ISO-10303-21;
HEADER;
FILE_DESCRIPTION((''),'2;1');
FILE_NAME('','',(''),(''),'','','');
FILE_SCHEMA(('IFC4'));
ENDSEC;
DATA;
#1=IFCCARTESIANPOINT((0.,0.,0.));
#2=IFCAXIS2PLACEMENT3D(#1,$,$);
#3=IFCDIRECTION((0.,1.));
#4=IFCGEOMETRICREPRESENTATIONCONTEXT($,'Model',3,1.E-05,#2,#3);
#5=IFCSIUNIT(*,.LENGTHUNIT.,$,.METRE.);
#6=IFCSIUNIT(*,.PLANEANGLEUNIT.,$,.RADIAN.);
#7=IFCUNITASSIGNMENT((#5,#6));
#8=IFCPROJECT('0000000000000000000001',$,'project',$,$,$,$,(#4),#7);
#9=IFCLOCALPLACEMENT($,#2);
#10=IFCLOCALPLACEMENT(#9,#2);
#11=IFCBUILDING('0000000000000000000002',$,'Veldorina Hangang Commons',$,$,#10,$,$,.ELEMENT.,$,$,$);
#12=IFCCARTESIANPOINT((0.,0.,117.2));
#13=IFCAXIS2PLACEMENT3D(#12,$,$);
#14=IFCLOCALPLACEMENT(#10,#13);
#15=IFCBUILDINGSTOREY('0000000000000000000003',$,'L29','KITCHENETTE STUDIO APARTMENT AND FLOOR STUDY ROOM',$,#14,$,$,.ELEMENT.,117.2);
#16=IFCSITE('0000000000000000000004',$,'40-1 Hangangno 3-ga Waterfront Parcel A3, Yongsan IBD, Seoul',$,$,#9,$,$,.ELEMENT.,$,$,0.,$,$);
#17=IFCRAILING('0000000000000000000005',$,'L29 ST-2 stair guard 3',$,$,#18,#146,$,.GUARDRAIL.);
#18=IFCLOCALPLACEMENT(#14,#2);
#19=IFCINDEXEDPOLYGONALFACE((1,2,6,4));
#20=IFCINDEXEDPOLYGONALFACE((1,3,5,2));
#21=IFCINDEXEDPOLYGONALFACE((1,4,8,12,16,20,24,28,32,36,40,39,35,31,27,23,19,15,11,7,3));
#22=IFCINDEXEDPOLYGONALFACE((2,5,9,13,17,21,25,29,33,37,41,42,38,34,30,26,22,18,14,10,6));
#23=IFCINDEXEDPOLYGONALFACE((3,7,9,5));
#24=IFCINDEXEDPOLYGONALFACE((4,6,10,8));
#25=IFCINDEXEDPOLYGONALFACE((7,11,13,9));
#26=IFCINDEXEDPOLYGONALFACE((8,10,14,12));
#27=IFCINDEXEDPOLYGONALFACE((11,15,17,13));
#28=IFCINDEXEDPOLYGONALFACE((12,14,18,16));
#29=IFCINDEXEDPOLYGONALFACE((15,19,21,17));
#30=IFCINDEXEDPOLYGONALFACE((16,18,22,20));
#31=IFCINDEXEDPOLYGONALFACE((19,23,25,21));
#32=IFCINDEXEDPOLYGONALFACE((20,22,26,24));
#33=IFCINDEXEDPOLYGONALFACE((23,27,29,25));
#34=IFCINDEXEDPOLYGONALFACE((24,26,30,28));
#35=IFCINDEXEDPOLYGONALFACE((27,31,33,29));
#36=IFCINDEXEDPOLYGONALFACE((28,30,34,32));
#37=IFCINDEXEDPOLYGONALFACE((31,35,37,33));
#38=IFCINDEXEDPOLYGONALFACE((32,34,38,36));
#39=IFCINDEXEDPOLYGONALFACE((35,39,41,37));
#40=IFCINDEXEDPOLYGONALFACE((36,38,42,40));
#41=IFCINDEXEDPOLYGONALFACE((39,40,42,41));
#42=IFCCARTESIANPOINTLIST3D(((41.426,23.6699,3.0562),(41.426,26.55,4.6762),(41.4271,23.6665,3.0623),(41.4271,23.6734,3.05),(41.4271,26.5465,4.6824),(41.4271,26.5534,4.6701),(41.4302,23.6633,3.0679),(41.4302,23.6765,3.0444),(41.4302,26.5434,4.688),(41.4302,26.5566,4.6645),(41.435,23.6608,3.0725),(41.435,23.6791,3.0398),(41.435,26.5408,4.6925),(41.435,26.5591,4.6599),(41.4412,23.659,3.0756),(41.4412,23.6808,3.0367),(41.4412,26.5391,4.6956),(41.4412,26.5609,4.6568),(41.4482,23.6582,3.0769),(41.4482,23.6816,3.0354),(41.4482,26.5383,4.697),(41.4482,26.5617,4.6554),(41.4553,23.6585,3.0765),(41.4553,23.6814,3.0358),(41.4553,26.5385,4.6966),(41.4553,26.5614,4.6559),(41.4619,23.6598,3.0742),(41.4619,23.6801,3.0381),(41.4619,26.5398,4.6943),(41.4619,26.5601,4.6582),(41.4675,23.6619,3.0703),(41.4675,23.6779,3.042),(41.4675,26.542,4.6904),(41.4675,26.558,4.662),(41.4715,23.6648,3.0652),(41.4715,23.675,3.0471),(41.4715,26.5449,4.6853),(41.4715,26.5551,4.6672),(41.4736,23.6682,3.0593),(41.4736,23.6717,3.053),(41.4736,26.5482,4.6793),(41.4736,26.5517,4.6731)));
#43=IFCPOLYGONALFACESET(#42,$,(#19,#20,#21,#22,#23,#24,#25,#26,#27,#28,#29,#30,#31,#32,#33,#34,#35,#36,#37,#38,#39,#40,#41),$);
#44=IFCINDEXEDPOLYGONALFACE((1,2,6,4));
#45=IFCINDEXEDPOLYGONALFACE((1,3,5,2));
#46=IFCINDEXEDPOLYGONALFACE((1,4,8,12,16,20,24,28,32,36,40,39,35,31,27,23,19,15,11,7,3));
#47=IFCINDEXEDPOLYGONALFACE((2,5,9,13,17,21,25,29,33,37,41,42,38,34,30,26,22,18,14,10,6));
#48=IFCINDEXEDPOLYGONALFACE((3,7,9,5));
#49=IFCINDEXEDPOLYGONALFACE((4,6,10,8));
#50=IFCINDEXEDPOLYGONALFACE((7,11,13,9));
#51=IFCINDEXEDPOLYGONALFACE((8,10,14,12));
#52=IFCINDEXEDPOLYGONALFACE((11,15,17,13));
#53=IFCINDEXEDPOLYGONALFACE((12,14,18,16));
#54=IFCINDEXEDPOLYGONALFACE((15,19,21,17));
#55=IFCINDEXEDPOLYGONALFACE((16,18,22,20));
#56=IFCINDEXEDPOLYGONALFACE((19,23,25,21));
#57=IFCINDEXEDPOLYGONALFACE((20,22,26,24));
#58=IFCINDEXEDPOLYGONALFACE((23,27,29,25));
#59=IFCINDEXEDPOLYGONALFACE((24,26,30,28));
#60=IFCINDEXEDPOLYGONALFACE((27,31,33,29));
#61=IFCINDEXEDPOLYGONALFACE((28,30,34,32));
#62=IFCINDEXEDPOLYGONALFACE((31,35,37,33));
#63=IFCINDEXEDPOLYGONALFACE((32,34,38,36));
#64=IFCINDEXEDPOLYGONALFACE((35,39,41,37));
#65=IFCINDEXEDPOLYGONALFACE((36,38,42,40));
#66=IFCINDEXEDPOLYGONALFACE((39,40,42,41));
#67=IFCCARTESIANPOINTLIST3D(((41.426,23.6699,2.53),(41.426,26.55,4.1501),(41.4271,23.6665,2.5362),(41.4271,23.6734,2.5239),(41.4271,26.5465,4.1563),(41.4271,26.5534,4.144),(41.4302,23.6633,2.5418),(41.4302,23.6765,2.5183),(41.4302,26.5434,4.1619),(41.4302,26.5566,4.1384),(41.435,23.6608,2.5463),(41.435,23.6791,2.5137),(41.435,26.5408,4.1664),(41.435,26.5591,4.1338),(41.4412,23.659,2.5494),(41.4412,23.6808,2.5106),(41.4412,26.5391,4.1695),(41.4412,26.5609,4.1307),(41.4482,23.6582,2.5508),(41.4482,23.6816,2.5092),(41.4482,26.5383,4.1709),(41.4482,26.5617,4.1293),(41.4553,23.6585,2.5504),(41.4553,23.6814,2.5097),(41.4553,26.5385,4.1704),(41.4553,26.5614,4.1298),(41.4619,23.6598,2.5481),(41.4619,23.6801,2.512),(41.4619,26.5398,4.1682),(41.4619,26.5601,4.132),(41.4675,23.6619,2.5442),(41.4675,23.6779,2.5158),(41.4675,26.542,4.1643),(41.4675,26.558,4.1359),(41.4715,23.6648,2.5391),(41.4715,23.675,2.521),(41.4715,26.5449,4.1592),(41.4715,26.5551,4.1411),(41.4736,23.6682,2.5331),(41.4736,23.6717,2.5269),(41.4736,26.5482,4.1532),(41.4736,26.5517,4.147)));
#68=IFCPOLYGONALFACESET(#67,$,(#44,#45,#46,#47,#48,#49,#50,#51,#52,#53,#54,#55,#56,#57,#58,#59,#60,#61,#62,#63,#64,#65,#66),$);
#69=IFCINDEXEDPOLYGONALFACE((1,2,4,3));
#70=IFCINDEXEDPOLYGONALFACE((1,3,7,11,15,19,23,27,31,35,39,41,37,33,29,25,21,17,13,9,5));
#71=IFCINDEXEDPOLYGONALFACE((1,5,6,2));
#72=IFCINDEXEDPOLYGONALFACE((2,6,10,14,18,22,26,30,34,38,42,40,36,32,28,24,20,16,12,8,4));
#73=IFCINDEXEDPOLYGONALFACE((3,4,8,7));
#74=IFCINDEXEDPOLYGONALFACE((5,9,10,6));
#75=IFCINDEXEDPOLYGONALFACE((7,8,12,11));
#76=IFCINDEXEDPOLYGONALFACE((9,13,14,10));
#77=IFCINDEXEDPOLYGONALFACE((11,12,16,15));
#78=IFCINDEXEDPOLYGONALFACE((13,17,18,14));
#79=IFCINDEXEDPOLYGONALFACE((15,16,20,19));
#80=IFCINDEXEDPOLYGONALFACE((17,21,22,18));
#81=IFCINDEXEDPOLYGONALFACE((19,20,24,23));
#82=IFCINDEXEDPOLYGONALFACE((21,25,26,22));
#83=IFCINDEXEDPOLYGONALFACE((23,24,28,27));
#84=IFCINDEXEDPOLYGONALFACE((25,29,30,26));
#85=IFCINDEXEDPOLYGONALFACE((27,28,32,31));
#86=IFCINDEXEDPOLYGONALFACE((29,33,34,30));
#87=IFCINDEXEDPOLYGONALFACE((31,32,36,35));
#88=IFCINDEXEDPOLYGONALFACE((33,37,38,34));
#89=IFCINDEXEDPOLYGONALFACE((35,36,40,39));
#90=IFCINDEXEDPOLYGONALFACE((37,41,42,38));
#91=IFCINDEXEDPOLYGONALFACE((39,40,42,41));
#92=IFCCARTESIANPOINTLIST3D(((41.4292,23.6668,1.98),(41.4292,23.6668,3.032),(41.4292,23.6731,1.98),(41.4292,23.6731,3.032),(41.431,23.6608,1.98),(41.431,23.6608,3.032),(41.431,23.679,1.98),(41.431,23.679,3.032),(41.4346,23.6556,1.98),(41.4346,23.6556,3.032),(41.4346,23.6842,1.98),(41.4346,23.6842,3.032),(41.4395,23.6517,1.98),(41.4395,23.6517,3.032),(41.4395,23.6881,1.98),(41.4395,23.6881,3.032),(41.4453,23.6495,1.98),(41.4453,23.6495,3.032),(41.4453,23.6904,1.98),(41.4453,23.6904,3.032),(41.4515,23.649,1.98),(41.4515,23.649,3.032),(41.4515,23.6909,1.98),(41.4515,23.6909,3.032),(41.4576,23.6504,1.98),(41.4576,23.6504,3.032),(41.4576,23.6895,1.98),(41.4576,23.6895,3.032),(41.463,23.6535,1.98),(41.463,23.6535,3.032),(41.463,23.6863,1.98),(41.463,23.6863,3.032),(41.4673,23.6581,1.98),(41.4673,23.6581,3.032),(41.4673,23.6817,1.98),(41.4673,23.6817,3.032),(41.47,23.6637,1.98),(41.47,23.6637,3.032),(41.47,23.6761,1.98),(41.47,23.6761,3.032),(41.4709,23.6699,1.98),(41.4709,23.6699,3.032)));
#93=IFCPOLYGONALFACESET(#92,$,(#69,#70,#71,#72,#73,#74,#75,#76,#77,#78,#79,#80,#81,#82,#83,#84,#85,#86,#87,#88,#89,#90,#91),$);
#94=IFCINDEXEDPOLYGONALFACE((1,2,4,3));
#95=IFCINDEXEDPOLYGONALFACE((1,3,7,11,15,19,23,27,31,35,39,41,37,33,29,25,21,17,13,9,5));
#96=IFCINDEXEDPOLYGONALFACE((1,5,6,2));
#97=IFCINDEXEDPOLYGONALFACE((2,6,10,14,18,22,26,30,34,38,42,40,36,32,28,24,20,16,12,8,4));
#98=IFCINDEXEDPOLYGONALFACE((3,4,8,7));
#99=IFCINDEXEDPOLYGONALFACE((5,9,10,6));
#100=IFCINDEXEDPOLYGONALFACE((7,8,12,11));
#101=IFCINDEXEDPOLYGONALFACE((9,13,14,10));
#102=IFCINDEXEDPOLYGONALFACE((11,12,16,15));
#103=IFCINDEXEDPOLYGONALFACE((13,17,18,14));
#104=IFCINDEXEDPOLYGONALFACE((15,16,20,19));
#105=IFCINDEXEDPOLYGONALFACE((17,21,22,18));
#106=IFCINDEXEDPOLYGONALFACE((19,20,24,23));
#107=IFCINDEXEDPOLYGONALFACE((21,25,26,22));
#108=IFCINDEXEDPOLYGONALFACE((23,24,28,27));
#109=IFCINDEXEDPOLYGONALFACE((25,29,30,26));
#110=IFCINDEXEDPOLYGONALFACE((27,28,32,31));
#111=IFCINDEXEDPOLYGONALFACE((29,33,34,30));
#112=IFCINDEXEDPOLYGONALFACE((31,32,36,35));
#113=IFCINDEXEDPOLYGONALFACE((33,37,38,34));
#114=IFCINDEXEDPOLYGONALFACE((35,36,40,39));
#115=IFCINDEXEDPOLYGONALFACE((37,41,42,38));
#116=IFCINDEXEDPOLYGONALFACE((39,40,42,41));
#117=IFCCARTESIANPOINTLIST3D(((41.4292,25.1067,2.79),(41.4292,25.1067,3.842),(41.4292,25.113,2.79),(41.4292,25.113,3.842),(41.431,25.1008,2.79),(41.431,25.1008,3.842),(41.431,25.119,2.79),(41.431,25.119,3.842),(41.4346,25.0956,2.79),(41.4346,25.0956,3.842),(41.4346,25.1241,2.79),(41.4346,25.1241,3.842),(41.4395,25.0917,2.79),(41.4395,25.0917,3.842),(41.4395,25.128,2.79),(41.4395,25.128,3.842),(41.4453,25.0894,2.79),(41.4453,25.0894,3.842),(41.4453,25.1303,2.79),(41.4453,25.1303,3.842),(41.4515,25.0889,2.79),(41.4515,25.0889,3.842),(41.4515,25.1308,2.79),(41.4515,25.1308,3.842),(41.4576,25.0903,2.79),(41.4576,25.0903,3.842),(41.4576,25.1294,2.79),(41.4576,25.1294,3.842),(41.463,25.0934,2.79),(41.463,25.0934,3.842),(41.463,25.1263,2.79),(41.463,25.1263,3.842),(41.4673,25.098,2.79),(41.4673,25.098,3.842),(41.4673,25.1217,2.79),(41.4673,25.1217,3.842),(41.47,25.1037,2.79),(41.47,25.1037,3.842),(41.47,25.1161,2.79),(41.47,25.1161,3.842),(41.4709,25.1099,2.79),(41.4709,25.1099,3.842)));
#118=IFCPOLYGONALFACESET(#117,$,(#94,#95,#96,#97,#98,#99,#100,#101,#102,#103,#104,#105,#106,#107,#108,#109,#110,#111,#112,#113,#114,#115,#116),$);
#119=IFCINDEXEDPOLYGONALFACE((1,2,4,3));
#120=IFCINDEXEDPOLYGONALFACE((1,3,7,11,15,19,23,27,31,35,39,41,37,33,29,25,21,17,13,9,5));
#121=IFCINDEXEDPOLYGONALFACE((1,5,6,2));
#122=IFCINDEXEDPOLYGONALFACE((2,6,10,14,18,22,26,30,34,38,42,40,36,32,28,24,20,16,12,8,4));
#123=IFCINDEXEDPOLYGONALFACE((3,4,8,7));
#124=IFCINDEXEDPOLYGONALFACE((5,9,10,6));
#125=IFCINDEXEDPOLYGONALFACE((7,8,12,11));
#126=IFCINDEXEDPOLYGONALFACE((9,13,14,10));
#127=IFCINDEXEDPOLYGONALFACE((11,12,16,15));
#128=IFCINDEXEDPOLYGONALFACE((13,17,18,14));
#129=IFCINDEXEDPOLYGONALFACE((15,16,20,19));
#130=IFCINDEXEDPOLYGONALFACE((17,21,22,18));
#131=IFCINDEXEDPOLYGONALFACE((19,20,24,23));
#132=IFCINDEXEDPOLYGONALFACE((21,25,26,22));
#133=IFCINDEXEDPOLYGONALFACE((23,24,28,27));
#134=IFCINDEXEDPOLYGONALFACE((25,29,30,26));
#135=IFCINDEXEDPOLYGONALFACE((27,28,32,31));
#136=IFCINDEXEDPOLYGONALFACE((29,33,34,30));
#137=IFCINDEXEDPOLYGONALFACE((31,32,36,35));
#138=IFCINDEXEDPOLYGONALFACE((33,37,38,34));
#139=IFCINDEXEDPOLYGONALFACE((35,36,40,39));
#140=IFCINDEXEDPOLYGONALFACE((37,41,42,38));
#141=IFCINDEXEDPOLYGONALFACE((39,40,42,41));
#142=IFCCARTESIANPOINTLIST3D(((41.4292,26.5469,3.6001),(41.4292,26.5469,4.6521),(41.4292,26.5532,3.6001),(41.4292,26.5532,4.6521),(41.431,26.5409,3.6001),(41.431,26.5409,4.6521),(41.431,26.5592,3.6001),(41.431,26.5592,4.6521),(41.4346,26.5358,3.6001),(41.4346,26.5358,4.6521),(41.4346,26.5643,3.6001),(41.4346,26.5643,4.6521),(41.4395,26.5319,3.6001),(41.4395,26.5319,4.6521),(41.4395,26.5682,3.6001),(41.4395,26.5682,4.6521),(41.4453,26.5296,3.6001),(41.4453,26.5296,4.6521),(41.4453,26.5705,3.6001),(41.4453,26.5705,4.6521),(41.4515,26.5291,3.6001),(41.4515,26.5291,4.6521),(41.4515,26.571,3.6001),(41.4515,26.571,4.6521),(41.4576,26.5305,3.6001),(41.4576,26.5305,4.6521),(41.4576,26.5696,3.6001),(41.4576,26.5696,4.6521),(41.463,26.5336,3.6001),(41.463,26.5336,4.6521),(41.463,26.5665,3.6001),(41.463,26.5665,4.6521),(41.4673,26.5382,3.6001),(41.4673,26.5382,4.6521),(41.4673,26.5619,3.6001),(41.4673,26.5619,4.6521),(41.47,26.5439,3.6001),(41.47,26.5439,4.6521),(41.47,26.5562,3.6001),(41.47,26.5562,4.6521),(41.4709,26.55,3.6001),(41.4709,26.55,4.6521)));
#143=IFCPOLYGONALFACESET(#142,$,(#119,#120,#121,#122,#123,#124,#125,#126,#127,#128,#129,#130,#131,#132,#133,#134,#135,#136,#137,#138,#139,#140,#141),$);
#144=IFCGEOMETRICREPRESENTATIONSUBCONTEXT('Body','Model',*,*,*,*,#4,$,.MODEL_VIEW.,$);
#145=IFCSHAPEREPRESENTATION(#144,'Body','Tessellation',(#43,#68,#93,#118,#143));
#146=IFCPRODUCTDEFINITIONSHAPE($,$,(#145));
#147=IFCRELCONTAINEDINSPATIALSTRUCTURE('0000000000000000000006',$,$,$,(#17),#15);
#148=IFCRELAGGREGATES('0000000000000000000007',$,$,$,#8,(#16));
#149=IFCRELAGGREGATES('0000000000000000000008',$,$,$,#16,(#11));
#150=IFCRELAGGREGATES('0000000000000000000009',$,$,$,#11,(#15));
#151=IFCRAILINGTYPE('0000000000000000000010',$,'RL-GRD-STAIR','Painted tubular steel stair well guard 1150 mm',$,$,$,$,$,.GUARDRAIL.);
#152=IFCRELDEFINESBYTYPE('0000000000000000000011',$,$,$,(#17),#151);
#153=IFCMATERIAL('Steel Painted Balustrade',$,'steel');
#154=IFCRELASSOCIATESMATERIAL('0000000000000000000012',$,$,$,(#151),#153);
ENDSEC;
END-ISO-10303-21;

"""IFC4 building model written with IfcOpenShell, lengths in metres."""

from ifc_helpers import new_model, si_unit, direction, frame, origin, origin_2d, place, context, subcontext, project, spatial, circle, extrude, material, type_object, element, save


model = new_model("IFC4")

# Units and contexts
model_context = context("Model", 3, precision=1e-05, world=origin(), true_north=direction((0.0, 1.0)))
body_context = subcontext(model_context, "Body", "Model", "MODEL_VIEW")
ifc_project = project(units=[si_unit("LENGTHUNIT", "METRE"), si_unit("PLANEANGLEUNIT", "RADIAN")], contexts=[model_context])

# Site, building, storey
site_placement = place(None, origin())
site = spatial("IfcSite", under=ifc_project, at=site_placement, Name="40-1 Hangangno 3-ga Waterfront Parcel A3, Yongsan IBD, Seoul", CompositionType="ELEMENT", RefElevation=0.0)
building_placement = place(site_placement, origin())
building = spatial("IfcBuilding", under=site, at=building_placement, Name="Veldorina Hangang Commons", CompositionType="ELEMENT")
storey_placement = place(building_placement, frame((0.0, 0.0, 117.2)))
storey = spatial("IfcBuildingStorey", under=building, at=storey_placement, Name="L29", Description="KITCHENETTE STUDIO APARTMENT AND FLOOR STUDY ROOM", CompositionType="ELEMENT", Elevation=117.2)

# Railing
ifc_material_1 = material(Name="Steel Painted Balustrade", Category="steel")
railing_type_1 = type_object("IfcRailingType", Name="RL-GRD-STAIR", Description="Painted tubular steel stair well guard 1150 mm", PredefinedType="GUARDRAIL", material=ifc_material_1)
railing_1_placement = place(storey_placement, frame((41.45, 23.6699, 1.98)))
element("IfcRailing", 1, at=railing_1_placement, inside=storey, type_object=railing_type_1, Name="L29 ST-2 stair guard 3", PredefinedType="GUARDRAIL", context=body_context, shape_type="SweptSolid", body=[
    extrude(circle(Radius=0.0239, at=origin_2d()), frame((0.0, 0.0, 1.0762), z_axis=(0.0, 0.87157, 0.490272), x_axis=(-1.0, 0.0, 0.0)), (0.0, 0.0, 1.0), 3.3044),
    extrude(circle(Radius=0.0239, at=origin_2d()), frame((0.0, 0.0, 0.55), z_axis=(0.0, 0.87157, 0.490272), x_axis=(-1.0, 0.0, 0.0)), (0.0, 0.0, 1.0), 3.3044),
    extrude(circle(Radius=0.021, at=origin_2d()), origin(), (0.0, 0.0, 1.0), 1.052),
    extrude(circle(Radius=0.021, at=origin_2d()), frame((0.0, 1.4399, 0.8101)), (0.0, 0.0, 1.0), 1.052),
    extrude(circle(Radius=0.021, at=origin_2d()), frame((0.0, 2.8801, 1.6201)), (0.0, 0.0, 1.0), 1.052),
])

save(model, "model.ifc")
